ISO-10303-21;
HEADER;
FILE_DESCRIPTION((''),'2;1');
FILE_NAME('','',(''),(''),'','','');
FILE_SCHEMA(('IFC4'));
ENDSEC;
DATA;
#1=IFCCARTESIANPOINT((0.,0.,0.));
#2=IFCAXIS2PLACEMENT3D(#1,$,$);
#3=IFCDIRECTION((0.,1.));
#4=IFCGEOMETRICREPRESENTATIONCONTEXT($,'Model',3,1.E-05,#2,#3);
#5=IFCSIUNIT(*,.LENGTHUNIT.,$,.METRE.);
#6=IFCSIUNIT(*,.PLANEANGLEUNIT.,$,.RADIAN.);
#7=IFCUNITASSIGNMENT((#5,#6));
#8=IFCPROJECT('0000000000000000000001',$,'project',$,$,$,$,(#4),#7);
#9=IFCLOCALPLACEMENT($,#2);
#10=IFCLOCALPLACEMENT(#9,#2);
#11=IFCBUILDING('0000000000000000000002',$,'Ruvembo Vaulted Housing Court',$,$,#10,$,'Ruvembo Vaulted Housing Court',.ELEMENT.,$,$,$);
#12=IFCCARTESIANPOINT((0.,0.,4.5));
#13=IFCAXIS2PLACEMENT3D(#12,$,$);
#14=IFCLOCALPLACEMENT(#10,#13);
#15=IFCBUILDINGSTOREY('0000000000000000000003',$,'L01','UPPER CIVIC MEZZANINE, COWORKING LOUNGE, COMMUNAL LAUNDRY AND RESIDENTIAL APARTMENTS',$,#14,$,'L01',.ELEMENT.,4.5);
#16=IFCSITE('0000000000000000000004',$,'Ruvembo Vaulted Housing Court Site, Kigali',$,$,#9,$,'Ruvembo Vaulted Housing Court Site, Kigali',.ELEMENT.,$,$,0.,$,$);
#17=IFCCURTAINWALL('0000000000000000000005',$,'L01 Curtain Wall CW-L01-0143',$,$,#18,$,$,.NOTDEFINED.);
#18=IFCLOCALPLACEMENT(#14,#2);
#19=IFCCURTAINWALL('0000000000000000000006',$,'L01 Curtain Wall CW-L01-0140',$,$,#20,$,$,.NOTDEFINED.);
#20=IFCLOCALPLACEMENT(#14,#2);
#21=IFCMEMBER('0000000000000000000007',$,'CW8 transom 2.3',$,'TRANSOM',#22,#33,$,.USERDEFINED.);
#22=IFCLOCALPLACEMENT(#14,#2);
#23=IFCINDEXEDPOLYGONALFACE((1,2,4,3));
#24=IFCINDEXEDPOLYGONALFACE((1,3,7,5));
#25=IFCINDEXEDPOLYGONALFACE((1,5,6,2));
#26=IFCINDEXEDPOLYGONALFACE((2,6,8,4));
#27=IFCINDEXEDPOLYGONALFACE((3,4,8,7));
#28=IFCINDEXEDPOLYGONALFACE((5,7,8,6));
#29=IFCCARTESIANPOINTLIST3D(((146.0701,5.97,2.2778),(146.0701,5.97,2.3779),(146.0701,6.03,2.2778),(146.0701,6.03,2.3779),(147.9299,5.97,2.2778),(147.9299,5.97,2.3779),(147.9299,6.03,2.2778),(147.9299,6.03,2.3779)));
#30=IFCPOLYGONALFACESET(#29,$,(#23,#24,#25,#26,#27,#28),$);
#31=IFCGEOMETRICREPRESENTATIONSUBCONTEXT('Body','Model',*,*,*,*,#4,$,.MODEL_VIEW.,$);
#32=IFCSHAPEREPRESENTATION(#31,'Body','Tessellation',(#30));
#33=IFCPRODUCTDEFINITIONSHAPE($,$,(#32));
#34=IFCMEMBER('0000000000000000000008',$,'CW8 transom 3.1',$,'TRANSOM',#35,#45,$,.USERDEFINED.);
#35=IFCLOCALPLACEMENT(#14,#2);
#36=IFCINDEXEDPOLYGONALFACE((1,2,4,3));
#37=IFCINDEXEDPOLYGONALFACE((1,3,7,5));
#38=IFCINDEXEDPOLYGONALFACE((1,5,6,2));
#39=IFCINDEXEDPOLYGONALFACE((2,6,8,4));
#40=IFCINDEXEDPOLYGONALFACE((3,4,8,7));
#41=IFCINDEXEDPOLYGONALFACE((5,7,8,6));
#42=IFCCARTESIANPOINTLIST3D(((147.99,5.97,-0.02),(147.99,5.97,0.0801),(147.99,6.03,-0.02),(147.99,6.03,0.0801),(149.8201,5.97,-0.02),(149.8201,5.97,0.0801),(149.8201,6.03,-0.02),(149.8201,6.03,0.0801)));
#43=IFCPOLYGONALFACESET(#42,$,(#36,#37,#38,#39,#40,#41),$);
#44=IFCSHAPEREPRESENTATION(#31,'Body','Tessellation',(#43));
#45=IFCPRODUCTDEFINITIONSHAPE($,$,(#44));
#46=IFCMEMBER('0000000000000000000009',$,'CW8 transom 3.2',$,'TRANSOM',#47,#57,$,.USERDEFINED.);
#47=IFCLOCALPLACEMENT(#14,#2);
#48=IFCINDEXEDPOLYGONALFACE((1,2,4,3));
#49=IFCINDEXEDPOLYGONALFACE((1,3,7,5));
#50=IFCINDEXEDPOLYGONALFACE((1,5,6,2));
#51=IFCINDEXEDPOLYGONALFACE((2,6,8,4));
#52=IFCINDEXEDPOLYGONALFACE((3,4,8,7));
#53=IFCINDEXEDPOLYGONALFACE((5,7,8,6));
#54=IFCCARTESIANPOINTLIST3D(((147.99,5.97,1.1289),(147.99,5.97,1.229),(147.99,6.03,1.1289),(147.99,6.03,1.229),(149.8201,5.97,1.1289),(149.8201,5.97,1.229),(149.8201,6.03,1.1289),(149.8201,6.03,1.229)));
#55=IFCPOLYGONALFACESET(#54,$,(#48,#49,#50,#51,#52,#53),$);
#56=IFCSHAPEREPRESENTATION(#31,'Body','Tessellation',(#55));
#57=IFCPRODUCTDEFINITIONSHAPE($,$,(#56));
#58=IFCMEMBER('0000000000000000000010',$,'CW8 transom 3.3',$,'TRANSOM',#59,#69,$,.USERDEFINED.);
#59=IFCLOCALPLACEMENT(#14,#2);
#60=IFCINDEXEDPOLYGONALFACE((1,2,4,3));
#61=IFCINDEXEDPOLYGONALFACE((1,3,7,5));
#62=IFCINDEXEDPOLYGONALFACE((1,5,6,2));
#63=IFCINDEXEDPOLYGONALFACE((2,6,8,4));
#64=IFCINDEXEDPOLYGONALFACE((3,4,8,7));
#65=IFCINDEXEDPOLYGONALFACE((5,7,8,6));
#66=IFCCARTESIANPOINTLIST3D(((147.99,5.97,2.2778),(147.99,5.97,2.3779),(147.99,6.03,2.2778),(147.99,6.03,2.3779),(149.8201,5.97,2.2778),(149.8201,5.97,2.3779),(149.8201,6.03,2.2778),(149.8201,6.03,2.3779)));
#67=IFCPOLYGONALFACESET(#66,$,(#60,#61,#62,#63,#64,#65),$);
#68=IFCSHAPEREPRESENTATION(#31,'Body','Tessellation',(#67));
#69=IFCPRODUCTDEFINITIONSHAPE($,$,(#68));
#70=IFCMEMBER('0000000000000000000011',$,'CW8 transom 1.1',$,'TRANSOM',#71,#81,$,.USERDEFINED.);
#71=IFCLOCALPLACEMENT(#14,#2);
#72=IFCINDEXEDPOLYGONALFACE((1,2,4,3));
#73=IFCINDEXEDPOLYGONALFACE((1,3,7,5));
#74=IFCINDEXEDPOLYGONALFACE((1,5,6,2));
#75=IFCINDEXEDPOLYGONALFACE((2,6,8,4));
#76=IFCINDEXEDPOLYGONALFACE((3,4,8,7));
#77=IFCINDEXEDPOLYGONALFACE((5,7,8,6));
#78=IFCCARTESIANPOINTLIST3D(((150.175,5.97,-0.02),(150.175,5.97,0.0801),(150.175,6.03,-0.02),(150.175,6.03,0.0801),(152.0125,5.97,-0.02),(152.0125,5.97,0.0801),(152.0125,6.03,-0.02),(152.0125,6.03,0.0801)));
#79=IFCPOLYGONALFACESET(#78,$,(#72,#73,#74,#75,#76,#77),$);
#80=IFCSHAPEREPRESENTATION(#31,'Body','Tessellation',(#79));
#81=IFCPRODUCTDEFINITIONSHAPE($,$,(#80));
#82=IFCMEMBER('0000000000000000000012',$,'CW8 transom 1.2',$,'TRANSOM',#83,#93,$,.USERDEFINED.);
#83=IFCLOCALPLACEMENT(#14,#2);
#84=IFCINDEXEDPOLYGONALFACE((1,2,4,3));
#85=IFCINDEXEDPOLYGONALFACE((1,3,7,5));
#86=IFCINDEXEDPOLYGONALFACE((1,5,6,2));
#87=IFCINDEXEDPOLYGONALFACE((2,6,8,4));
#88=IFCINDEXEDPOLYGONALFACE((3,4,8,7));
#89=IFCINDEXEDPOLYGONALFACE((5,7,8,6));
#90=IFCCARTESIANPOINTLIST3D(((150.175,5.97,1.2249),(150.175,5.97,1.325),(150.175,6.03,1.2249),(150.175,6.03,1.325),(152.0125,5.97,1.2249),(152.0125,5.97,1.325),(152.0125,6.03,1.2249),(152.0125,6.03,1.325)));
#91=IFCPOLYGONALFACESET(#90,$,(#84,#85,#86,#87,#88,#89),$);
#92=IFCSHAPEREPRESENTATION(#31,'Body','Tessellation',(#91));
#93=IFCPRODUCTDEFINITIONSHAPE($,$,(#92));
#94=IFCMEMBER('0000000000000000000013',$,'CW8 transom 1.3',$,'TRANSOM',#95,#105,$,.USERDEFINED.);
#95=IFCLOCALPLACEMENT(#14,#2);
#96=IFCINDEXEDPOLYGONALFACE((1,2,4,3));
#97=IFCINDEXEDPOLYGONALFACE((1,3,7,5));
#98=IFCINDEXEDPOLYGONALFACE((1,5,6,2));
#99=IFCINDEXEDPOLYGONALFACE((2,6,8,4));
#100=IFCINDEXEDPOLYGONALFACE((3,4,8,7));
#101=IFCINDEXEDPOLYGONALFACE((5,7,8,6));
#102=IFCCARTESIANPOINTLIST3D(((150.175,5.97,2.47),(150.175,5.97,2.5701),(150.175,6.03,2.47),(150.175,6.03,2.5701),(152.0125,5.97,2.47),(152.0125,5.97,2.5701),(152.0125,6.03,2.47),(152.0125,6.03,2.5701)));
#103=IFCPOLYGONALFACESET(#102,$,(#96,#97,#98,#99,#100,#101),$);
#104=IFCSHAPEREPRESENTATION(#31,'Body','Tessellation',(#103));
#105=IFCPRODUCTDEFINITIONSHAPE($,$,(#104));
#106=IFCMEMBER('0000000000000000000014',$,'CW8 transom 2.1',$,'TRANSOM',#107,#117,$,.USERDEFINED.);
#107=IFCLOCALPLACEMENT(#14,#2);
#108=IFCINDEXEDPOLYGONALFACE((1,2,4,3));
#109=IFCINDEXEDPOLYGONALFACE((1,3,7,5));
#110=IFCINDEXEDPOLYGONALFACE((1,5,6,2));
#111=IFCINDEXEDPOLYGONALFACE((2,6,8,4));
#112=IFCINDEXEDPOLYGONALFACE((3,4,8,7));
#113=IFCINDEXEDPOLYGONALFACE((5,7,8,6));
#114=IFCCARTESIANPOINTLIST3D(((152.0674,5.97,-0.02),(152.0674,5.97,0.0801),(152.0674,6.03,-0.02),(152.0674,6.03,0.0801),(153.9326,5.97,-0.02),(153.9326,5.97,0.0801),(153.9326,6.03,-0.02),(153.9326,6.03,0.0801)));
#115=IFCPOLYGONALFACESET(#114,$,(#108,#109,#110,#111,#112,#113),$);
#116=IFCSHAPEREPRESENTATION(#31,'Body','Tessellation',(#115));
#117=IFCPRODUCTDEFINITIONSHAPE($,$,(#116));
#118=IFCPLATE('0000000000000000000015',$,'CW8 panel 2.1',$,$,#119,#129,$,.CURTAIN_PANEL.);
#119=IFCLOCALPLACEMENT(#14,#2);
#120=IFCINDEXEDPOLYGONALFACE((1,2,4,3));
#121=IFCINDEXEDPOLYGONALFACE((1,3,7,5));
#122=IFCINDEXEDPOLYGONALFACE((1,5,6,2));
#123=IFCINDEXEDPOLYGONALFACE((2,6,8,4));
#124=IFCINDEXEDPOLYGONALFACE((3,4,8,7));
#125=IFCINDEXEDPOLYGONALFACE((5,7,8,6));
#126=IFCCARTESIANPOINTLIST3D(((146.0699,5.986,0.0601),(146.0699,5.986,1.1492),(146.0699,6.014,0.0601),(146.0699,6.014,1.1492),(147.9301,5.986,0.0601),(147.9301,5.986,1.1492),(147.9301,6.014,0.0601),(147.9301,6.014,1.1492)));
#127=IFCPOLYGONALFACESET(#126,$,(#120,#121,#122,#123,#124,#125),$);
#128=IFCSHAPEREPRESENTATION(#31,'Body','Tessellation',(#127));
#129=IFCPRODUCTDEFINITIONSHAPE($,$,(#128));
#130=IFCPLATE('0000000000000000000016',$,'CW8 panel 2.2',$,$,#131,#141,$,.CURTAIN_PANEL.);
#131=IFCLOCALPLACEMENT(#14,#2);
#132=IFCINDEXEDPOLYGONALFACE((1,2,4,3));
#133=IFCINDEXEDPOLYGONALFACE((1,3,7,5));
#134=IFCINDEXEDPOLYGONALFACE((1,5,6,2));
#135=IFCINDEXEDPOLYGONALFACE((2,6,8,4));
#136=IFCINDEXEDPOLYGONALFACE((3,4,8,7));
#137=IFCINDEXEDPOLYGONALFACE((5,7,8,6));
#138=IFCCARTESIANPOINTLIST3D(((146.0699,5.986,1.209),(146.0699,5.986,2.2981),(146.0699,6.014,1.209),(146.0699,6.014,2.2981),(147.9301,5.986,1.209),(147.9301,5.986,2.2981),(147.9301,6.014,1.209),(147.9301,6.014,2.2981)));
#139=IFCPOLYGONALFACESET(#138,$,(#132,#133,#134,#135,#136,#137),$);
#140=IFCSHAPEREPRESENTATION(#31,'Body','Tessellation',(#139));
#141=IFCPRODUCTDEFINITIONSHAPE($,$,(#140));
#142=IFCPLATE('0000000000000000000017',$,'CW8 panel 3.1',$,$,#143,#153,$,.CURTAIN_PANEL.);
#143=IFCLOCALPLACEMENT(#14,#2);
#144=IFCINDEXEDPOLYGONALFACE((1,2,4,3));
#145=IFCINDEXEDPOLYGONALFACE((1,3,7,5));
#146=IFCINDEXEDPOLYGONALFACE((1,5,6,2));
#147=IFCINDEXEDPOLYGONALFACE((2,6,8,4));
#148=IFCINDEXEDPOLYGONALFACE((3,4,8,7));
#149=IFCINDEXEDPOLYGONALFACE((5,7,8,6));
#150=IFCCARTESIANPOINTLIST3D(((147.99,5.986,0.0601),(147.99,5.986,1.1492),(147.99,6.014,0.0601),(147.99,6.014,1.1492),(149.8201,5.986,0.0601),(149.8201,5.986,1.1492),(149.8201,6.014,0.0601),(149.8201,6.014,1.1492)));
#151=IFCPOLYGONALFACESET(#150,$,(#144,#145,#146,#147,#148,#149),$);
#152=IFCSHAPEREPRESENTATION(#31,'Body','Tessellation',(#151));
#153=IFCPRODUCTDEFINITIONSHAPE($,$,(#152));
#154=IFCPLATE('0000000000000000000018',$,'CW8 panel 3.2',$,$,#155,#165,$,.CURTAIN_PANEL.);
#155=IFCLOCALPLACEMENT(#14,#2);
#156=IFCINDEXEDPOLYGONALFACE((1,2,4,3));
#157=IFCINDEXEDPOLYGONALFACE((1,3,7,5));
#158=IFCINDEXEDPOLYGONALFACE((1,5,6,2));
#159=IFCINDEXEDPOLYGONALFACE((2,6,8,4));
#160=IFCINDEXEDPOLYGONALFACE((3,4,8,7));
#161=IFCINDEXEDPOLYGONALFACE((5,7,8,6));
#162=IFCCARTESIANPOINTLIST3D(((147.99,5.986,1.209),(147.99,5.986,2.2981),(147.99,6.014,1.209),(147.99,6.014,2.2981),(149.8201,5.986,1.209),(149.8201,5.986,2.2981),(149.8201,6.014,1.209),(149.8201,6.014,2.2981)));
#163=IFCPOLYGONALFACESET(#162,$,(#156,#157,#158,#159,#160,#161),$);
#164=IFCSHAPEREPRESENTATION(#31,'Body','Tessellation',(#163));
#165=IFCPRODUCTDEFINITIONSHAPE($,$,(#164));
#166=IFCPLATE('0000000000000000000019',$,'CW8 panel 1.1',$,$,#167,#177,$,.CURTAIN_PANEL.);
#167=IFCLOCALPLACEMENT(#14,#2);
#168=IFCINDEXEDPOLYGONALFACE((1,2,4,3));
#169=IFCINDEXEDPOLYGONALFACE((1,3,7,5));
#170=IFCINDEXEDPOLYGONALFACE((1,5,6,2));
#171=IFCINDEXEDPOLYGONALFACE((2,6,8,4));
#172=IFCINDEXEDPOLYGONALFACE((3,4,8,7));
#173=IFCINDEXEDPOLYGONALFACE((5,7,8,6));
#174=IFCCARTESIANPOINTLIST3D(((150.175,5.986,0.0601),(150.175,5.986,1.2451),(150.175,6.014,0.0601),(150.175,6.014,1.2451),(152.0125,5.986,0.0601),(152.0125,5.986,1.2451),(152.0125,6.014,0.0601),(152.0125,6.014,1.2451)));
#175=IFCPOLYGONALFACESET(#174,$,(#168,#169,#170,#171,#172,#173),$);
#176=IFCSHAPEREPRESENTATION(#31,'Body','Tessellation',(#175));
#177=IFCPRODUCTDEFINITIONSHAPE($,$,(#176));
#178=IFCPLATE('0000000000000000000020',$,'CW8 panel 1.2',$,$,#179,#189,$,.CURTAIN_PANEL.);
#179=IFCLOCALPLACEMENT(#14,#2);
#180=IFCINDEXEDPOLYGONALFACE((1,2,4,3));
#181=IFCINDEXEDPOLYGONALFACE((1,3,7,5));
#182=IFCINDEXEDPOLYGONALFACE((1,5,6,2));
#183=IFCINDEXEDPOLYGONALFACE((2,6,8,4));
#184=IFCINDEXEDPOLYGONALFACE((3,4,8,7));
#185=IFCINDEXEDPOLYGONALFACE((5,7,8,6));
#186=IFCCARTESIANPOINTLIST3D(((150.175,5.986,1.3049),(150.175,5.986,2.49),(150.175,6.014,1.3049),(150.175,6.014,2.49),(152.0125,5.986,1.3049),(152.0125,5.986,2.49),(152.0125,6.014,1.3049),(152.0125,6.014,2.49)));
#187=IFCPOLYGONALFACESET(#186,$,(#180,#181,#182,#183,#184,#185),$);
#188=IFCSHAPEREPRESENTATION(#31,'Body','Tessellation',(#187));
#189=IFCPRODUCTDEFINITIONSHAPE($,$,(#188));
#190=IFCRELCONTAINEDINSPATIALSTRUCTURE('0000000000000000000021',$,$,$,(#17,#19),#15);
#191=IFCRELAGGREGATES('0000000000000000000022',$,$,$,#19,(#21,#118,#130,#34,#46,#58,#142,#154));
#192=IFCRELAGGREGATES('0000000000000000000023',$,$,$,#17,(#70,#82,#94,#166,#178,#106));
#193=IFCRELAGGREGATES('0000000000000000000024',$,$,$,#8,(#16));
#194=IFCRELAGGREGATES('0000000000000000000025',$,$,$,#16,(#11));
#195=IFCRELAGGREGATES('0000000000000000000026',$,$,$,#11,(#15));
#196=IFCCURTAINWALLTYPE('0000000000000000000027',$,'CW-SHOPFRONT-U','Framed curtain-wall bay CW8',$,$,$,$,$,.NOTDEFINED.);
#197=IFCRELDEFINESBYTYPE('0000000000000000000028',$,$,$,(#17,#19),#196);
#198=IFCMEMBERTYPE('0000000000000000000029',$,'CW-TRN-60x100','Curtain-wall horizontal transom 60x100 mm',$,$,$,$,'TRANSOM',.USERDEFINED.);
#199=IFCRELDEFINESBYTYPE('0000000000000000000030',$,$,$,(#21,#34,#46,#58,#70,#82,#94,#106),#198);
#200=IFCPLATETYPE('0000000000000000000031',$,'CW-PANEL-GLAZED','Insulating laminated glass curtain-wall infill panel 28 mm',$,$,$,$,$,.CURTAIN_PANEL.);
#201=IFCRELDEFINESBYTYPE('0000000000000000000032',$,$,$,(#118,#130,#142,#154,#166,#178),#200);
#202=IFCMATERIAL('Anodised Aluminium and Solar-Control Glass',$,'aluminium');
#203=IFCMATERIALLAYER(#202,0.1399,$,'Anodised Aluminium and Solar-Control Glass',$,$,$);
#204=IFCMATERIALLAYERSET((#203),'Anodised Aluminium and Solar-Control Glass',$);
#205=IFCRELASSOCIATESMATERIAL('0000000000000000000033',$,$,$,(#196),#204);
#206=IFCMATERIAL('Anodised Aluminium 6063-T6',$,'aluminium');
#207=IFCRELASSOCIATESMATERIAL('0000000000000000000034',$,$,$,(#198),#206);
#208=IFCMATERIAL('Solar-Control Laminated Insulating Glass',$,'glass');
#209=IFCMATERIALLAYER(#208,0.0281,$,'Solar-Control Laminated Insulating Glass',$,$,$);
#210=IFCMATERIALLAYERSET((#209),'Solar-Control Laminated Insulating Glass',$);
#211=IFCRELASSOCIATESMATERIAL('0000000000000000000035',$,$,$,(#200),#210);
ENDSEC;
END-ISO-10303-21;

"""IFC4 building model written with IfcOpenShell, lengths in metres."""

from ifc_helpers import new_model, si_unit, direction, frame, origin, origin_2d, place, context, subcontext, project, spatial, rectangle, extrude, material, layer, layer_set, material_profile, profile_set, type_object, element, aggregate, save


model = new_model("IFC4")

# Units and contexts
model_context = context("Model", 3, precision=1e-05, world=origin(), true_north=direction((0.0, 1.0)))
body_context = subcontext(model_context, "Body", "Model", "MODEL_VIEW")
ifc_project = project(units=[si_unit("LENGTHUNIT", "METRE"), si_unit("PLANEANGLEUNIT", "RADIAN")], contexts=[model_context])

# Site, building, storey
site_placement = place(None, origin())
site = spatial("IfcSite", under=ifc_project, at=site_placement, Name="Ruvembo Vaulted Housing Court Site, Kigali", LongName="Ruvembo Vaulted Housing Court Site, Kigali", CompositionType="ELEMENT", RefElevation=0.0)
building_placement = place(site_placement, origin())
building = spatial("IfcBuilding", under=site, at=building_placement, Name="Ruvembo Vaulted Housing Court", LongName="Ruvembo Vaulted Housing Court", CompositionType="ELEMENT")
storey_placement = place(building_placement, frame((0.0, 0.0, 4.5)))
storey = spatial("IfcBuildingStorey", under=building, at=storey_placement, Name="L01", Description="UPPER CIVIC MEZZANINE, COWORKING LOUNGE, COMMUNAL LAUNDRY AND RESIDENTIAL APARTMENTS", LongName="L01", CompositionType="ELEMENT", Elevation=4.5)

# Curtain walls, members
ifc_material_1 = material(Name="Anodised Aluminium and Solar-Control Glass", Category="aluminium")
ifc_layer_1 = layer(ifc_material_1, 0.1399, Name="Anodised Aluminium and Solar-Control Glass")
ifc_layer_set_1 = layer_set([ifc_layer_1], Name="Anodised Aluminium and Solar-Control Glass")
curtain_wall_type = type_object("IfcCurtainWallType", Name="CW-SHOPFRONT-U", Description="Framed curtain-wall bay CW8", PredefinedType="NOTDEFINED", material=ifc_layer_set_1)
curtain_wall_1_placement = place(storey_placement, origin())
curtain_wall_1 = element("IfcCurtainWall", 1, at=curtain_wall_1_placement, inside=storey, type_object=curtain_wall_type, Name="L01 Curtain Wall CW-L01-0143", PredefinedType="NOTDEFINED")
ifc_material_2 = material(Name="Anodised Aluminium 6063-T6", Category="aluminium")
curtain_wall_2_placement = place(storey_placement, origin())
curtain_wall_2 = element("IfcCurtainWall", 2, at=curtain_wall_2_placement, inside=storey, type_object=curtain_wall_type, Name="L01 Curtain Wall CW-L01-0140", PredefinedType="NOTDEFINED")
ifc_material_profile_1 = material_profile(ifc_material_2, rectangle(XDim=0.0601, YDim=0.1001, at=origin_2d()), Name="ALU 60x100")
ifc_profile_set_1 = profile_set([ifc_material_profile_1], Name="Anodised Aluminium 6063-T6")
member_type_1 = type_object("IfcMemberType", Name="CW-TRN-60x100", Description="Curtain-wall horizontal transom 60x100 mm", ElementType="TRANSOM", PredefinedType="USERDEFINED", material=ifc_profile_set_1)
member_1_placement = place(storey_placement, frame((146.0701, 6.0, 2.3279), z_axis=(1.0, 0.0, 0.0), x_axis=(0.0, 1.0, 0.0)))
member_1 = element("IfcMember", 3, at=member_1_placement, type_object=member_type_1, Name="CW8 transom 2.3", ObjectType="TRANSOM", PredefinedType="USERDEFINED", context=body_context, shape_type="SweptSolid", body=[
    extrude(rectangle(XDim=0.0601, YDim=0.1001, at=origin_2d()), origin(), (0.0, 0.0, 1.0), 1.8599),
])
member_2_placement = place(storey_placement, frame((147.99, 6.0, 0.03), z_axis=(1.0, 0.0, 0.0), x_axis=(0.0, 1.0, 0.0)))
member_2 = element("IfcMember", 4, at=member_2_placement, type_object=member_type_1, Name="CW8 transom 3.1", ObjectType="TRANSOM", PredefinedType="USERDEFINED", context=body_context, shape_type="SweptSolid", body=[
    extrude(rectangle(XDim=0.0601, YDim=0.1001, at=origin_2d()), origin(), (0.0, 0.0, 1.0), 1.8301),
])
member_3_placement = place(storey_placement, frame((147.99, 6.0, 1.179), z_axis=(1.0, 0.0, 0.0), x_axis=(0.0, 1.0, 0.0)))
member_3 = element("IfcMember", 5, at=member_3_placement, type_object=member_type_1, Name="CW8 transom 3.2", ObjectType="TRANSOM", PredefinedType="USERDEFINED", context=body_context, shape_type="SweptSolid", body=[
    extrude(rectangle(XDim=0.0601, YDim=0.1001, at=origin_2d()), origin(), (0.0, 0.0, 1.0), 1.8301),
])
member_4_placement = place(storey_placement, frame((147.99, 6.0, 2.3279), z_axis=(1.0, 0.0, 0.0), x_axis=(0.0, 1.0, 0.0)))
member_4 = element("IfcMember", 6, at=member_4_placement, type_object=member_type_1, Name="CW8 transom 3.3", ObjectType="TRANSOM", PredefinedType="USERDEFINED", context=body_context, shape_type="SweptSolid", body=[
    extrude(rectangle(XDim=0.0601, YDim=0.1001, at=origin_2d()), origin(), (0.0, 0.0, 1.0), 1.8301),
])

# Members
member_5_placement = place(storey_placement, frame((150.175, 6.0, 0.03), z_axis=(1.0, 0.0, 0.0), x_axis=(0.0, 1.0, 0.0)))
member_5 = element("IfcMember", 7, at=member_5_placement, type_object=member_type_1, Name="CW8 transom 1.1", ObjectType="TRANSOM", PredefinedType="USERDEFINED", context=body_context, shape_type="SweptSolid", body=[
    extrude(rectangle(XDim=0.0601, YDim=0.1001, at=origin_2d()), origin(), (0.0, 0.0, 1.0), 1.8374),
])
member_6_placement = place(storey_placement, frame((150.175, 6.0, 1.2749), z_axis=(1.0, 0.0, 0.0), x_axis=(0.0, 1.0, 0.0)))
member_6 = element("IfcMember", 8, at=member_6_placement, type_object=member_type_1, Name="CW8 transom 1.2", ObjectType="TRANSOM", PredefinedType="USERDEFINED", context=body_context, shape_type="SweptSolid", body=[
    extrude(rectangle(XDim=0.0601, YDim=0.1001, at=origin_2d()), origin(), (0.0, 0.0, 1.0), 1.8374),
])
member_7_placement = place(storey_placement, frame((150.175, 6.0, 2.52), z_axis=(1.0, 0.0, 0.0), x_axis=(0.0, 1.0, 0.0)))
member_7 = element("IfcMember", 9, at=member_7_placement, type_object=member_type_1, Name="CW8 transom 1.3", ObjectType="TRANSOM", PredefinedType="USERDEFINED", context=body_context, shape_type="SweptSolid", body=[
    extrude(rectangle(XDim=0.0601, YDim=0.1001, at=origin_2d()), origin(), (0.0, 0.0, 1.0), 1.8374),
])
member_8_placement = place(storey_placement, frame((152.0674, 6.0, 0.03), z_axis=(1.0, 0.0, 0.0), x_axis=(0.0, 1.0, 0.0)))
member_8 = element("IfcMember", 10, at=member_8_placement, type_object=member_type_1, Name="CW8 transom 2.1", ObjectType="TRANSOM", PredefinedType="USERDEFINED", context=body_context, shape_type="SweptSolid", body=[
    extrude(rectangle(XDim=0.0601, YDim=0.1001, at=origin_2d()), origin(), (0.0, 0.0, 1.0), 1.8652),
])

# Plates
ifc_material_3 = material(Name="Solar-Control Laminated Insulating Glass", Category="glass")
ifc_layer_2 = layer(ifc_material_3, 0.0281, Name="Solar-Control Laminated Insulating Glass")
ifc_layer_set_2 = layer_set([ifc_layer_2], Name="Solar-Control Laminated Insulating Glass")
plate_type = type_object("IfcPlateType", Name="CW-PANEL-GLAZED", Description="Insulating laminated glass curtain-wall infill panel 28 mm", PredefinedType="CURTAIN_PANEL", material=ifc_layer_set_2)
plate_1_placement = place(storey_placement, frame((147.0, 6.0, 0.0601), z_axis=(0.0, 0.0, 1.0), x_axis=(1.0, 0.0, 0.0)))
plate_1 = element("IfcPlate", 11, at=plate_1_placement, type_object=plate_type, Name="CW8 panel 2.1", PredefinedType="CURTAIN_PANEL", context=body_context, shape_type="SweptSolid", body=[
    extrude(rectangle(XDim=1.8601, YDim=0.0281, at=origin_2d()), origin(), (0.0, 0.0, 1.0), 1.0891),
])
plate_2_placement = place(storey_placement, frame((147.0, 6.0, 1.209), z_axis=(0.0, 0.0, 1.0), x_axis=(1.0, 0.0, 0.0)))
plate_2 = element("IfcPlate", 12, at=plate_2_placement, type_object=plate_type, Name="CW8 panel 2.2", PredefinedType="CURTAIN_PANEL", context=body_context, shape_type="SweptSolid", body=[
    extrude(rectangle(XDim=1.8601, YDim=0.0281, at=origin_2d()), origin(), (0.0, 0.0, 1.0), 1.0891),
])
plate_3_placement = place(storey_placement, frame((148.905, 6.0, 0.0601), z_axis=(0.0, 0.0, 1.0), x_axis=(1.0, 0.0, 0.0)))
plate_3 = element("IfcPlate", 13, at=plate_3_placement, type_object=plate_type, Name="CW8 panel 3.1", PredefinedType="CURTAIN_PANEL", context=body_context, shape_type="SweptSolid", body=[
    extrude(rectangle(XDim=1.8301, YDim=0.0281, at=origin_2d()), origin(), (0.0, 0.0, 1.0), 1.0891),
])
plate_4_placement = place(storey_placement, frame((148.905, 6.0, 1.209), z_axis=(0.0, 0.0, 1.0), x_axis=(1.0, 0.0, 0.0)))
plate_4 = element("IfcPlate", 14, at=plate_4_placement, type_object=plate_type, Name="CW8 panel 3.2", PredefinedType="CURTAIN_PANEL", context=body_context, shape_type="SweptSolid", body=[
    extrude(rectangle(XDim=1.8301, YDim=0.0281, at=origin_2d()), origin(), (0.0, 0.0, 1.0), 1.0891),
])
aggregate(curtain_wall_2, [member_1, plate_1, plate_2, member_2, member_3, member_4, plate_3, plate_4])
plate_5_placement = place(storey_placement, frame((151.0938, 6.0, 0.0601), z_axis=(0.0, 0.0, 1.0), x_axis=(1.0, 0.0, 0.0)))
plate_5 = element("IfcPlate", 15, at=plate_5_placement, type_object=plate_type, Name="CW8 panel 1.1", PredefinedType="CURTAIN_PANEL", context=body_context, shape_type="SweptSolid", body=[
    extrude(rectangle(XDim=1.8374, YDim=0.0281, at=origin_2d()), origin(), (0.0, 0.0, 1.0), 1.1851),
])
plate_6_placement = place(storey_placement, frame((151.0938, 6.0, 1.3049), z_axis=(0.0, 0.0, 1.0), x_axis=(1.0, 0.0, 0.0)))
plate_6 = element("IfcPlate", 16, at=plate_6_placement, type_object=plate_type, Name="CW8 panel 1.2", PredefinedType="CURTAIN_PANEL", context=body_context, shape_type="SweptSolid", body=[
    extrude(rectangle(XDim=1.8374, YDim=0.0281, at=origin_2d()), origin(), (0.0, 0.0, 1.0), 1.1851),
])
aggregate(curtain_wall_1, [member_5, member_6, member_7, plate_5, plate_6, member_8])

save(model, "model.ifc")
